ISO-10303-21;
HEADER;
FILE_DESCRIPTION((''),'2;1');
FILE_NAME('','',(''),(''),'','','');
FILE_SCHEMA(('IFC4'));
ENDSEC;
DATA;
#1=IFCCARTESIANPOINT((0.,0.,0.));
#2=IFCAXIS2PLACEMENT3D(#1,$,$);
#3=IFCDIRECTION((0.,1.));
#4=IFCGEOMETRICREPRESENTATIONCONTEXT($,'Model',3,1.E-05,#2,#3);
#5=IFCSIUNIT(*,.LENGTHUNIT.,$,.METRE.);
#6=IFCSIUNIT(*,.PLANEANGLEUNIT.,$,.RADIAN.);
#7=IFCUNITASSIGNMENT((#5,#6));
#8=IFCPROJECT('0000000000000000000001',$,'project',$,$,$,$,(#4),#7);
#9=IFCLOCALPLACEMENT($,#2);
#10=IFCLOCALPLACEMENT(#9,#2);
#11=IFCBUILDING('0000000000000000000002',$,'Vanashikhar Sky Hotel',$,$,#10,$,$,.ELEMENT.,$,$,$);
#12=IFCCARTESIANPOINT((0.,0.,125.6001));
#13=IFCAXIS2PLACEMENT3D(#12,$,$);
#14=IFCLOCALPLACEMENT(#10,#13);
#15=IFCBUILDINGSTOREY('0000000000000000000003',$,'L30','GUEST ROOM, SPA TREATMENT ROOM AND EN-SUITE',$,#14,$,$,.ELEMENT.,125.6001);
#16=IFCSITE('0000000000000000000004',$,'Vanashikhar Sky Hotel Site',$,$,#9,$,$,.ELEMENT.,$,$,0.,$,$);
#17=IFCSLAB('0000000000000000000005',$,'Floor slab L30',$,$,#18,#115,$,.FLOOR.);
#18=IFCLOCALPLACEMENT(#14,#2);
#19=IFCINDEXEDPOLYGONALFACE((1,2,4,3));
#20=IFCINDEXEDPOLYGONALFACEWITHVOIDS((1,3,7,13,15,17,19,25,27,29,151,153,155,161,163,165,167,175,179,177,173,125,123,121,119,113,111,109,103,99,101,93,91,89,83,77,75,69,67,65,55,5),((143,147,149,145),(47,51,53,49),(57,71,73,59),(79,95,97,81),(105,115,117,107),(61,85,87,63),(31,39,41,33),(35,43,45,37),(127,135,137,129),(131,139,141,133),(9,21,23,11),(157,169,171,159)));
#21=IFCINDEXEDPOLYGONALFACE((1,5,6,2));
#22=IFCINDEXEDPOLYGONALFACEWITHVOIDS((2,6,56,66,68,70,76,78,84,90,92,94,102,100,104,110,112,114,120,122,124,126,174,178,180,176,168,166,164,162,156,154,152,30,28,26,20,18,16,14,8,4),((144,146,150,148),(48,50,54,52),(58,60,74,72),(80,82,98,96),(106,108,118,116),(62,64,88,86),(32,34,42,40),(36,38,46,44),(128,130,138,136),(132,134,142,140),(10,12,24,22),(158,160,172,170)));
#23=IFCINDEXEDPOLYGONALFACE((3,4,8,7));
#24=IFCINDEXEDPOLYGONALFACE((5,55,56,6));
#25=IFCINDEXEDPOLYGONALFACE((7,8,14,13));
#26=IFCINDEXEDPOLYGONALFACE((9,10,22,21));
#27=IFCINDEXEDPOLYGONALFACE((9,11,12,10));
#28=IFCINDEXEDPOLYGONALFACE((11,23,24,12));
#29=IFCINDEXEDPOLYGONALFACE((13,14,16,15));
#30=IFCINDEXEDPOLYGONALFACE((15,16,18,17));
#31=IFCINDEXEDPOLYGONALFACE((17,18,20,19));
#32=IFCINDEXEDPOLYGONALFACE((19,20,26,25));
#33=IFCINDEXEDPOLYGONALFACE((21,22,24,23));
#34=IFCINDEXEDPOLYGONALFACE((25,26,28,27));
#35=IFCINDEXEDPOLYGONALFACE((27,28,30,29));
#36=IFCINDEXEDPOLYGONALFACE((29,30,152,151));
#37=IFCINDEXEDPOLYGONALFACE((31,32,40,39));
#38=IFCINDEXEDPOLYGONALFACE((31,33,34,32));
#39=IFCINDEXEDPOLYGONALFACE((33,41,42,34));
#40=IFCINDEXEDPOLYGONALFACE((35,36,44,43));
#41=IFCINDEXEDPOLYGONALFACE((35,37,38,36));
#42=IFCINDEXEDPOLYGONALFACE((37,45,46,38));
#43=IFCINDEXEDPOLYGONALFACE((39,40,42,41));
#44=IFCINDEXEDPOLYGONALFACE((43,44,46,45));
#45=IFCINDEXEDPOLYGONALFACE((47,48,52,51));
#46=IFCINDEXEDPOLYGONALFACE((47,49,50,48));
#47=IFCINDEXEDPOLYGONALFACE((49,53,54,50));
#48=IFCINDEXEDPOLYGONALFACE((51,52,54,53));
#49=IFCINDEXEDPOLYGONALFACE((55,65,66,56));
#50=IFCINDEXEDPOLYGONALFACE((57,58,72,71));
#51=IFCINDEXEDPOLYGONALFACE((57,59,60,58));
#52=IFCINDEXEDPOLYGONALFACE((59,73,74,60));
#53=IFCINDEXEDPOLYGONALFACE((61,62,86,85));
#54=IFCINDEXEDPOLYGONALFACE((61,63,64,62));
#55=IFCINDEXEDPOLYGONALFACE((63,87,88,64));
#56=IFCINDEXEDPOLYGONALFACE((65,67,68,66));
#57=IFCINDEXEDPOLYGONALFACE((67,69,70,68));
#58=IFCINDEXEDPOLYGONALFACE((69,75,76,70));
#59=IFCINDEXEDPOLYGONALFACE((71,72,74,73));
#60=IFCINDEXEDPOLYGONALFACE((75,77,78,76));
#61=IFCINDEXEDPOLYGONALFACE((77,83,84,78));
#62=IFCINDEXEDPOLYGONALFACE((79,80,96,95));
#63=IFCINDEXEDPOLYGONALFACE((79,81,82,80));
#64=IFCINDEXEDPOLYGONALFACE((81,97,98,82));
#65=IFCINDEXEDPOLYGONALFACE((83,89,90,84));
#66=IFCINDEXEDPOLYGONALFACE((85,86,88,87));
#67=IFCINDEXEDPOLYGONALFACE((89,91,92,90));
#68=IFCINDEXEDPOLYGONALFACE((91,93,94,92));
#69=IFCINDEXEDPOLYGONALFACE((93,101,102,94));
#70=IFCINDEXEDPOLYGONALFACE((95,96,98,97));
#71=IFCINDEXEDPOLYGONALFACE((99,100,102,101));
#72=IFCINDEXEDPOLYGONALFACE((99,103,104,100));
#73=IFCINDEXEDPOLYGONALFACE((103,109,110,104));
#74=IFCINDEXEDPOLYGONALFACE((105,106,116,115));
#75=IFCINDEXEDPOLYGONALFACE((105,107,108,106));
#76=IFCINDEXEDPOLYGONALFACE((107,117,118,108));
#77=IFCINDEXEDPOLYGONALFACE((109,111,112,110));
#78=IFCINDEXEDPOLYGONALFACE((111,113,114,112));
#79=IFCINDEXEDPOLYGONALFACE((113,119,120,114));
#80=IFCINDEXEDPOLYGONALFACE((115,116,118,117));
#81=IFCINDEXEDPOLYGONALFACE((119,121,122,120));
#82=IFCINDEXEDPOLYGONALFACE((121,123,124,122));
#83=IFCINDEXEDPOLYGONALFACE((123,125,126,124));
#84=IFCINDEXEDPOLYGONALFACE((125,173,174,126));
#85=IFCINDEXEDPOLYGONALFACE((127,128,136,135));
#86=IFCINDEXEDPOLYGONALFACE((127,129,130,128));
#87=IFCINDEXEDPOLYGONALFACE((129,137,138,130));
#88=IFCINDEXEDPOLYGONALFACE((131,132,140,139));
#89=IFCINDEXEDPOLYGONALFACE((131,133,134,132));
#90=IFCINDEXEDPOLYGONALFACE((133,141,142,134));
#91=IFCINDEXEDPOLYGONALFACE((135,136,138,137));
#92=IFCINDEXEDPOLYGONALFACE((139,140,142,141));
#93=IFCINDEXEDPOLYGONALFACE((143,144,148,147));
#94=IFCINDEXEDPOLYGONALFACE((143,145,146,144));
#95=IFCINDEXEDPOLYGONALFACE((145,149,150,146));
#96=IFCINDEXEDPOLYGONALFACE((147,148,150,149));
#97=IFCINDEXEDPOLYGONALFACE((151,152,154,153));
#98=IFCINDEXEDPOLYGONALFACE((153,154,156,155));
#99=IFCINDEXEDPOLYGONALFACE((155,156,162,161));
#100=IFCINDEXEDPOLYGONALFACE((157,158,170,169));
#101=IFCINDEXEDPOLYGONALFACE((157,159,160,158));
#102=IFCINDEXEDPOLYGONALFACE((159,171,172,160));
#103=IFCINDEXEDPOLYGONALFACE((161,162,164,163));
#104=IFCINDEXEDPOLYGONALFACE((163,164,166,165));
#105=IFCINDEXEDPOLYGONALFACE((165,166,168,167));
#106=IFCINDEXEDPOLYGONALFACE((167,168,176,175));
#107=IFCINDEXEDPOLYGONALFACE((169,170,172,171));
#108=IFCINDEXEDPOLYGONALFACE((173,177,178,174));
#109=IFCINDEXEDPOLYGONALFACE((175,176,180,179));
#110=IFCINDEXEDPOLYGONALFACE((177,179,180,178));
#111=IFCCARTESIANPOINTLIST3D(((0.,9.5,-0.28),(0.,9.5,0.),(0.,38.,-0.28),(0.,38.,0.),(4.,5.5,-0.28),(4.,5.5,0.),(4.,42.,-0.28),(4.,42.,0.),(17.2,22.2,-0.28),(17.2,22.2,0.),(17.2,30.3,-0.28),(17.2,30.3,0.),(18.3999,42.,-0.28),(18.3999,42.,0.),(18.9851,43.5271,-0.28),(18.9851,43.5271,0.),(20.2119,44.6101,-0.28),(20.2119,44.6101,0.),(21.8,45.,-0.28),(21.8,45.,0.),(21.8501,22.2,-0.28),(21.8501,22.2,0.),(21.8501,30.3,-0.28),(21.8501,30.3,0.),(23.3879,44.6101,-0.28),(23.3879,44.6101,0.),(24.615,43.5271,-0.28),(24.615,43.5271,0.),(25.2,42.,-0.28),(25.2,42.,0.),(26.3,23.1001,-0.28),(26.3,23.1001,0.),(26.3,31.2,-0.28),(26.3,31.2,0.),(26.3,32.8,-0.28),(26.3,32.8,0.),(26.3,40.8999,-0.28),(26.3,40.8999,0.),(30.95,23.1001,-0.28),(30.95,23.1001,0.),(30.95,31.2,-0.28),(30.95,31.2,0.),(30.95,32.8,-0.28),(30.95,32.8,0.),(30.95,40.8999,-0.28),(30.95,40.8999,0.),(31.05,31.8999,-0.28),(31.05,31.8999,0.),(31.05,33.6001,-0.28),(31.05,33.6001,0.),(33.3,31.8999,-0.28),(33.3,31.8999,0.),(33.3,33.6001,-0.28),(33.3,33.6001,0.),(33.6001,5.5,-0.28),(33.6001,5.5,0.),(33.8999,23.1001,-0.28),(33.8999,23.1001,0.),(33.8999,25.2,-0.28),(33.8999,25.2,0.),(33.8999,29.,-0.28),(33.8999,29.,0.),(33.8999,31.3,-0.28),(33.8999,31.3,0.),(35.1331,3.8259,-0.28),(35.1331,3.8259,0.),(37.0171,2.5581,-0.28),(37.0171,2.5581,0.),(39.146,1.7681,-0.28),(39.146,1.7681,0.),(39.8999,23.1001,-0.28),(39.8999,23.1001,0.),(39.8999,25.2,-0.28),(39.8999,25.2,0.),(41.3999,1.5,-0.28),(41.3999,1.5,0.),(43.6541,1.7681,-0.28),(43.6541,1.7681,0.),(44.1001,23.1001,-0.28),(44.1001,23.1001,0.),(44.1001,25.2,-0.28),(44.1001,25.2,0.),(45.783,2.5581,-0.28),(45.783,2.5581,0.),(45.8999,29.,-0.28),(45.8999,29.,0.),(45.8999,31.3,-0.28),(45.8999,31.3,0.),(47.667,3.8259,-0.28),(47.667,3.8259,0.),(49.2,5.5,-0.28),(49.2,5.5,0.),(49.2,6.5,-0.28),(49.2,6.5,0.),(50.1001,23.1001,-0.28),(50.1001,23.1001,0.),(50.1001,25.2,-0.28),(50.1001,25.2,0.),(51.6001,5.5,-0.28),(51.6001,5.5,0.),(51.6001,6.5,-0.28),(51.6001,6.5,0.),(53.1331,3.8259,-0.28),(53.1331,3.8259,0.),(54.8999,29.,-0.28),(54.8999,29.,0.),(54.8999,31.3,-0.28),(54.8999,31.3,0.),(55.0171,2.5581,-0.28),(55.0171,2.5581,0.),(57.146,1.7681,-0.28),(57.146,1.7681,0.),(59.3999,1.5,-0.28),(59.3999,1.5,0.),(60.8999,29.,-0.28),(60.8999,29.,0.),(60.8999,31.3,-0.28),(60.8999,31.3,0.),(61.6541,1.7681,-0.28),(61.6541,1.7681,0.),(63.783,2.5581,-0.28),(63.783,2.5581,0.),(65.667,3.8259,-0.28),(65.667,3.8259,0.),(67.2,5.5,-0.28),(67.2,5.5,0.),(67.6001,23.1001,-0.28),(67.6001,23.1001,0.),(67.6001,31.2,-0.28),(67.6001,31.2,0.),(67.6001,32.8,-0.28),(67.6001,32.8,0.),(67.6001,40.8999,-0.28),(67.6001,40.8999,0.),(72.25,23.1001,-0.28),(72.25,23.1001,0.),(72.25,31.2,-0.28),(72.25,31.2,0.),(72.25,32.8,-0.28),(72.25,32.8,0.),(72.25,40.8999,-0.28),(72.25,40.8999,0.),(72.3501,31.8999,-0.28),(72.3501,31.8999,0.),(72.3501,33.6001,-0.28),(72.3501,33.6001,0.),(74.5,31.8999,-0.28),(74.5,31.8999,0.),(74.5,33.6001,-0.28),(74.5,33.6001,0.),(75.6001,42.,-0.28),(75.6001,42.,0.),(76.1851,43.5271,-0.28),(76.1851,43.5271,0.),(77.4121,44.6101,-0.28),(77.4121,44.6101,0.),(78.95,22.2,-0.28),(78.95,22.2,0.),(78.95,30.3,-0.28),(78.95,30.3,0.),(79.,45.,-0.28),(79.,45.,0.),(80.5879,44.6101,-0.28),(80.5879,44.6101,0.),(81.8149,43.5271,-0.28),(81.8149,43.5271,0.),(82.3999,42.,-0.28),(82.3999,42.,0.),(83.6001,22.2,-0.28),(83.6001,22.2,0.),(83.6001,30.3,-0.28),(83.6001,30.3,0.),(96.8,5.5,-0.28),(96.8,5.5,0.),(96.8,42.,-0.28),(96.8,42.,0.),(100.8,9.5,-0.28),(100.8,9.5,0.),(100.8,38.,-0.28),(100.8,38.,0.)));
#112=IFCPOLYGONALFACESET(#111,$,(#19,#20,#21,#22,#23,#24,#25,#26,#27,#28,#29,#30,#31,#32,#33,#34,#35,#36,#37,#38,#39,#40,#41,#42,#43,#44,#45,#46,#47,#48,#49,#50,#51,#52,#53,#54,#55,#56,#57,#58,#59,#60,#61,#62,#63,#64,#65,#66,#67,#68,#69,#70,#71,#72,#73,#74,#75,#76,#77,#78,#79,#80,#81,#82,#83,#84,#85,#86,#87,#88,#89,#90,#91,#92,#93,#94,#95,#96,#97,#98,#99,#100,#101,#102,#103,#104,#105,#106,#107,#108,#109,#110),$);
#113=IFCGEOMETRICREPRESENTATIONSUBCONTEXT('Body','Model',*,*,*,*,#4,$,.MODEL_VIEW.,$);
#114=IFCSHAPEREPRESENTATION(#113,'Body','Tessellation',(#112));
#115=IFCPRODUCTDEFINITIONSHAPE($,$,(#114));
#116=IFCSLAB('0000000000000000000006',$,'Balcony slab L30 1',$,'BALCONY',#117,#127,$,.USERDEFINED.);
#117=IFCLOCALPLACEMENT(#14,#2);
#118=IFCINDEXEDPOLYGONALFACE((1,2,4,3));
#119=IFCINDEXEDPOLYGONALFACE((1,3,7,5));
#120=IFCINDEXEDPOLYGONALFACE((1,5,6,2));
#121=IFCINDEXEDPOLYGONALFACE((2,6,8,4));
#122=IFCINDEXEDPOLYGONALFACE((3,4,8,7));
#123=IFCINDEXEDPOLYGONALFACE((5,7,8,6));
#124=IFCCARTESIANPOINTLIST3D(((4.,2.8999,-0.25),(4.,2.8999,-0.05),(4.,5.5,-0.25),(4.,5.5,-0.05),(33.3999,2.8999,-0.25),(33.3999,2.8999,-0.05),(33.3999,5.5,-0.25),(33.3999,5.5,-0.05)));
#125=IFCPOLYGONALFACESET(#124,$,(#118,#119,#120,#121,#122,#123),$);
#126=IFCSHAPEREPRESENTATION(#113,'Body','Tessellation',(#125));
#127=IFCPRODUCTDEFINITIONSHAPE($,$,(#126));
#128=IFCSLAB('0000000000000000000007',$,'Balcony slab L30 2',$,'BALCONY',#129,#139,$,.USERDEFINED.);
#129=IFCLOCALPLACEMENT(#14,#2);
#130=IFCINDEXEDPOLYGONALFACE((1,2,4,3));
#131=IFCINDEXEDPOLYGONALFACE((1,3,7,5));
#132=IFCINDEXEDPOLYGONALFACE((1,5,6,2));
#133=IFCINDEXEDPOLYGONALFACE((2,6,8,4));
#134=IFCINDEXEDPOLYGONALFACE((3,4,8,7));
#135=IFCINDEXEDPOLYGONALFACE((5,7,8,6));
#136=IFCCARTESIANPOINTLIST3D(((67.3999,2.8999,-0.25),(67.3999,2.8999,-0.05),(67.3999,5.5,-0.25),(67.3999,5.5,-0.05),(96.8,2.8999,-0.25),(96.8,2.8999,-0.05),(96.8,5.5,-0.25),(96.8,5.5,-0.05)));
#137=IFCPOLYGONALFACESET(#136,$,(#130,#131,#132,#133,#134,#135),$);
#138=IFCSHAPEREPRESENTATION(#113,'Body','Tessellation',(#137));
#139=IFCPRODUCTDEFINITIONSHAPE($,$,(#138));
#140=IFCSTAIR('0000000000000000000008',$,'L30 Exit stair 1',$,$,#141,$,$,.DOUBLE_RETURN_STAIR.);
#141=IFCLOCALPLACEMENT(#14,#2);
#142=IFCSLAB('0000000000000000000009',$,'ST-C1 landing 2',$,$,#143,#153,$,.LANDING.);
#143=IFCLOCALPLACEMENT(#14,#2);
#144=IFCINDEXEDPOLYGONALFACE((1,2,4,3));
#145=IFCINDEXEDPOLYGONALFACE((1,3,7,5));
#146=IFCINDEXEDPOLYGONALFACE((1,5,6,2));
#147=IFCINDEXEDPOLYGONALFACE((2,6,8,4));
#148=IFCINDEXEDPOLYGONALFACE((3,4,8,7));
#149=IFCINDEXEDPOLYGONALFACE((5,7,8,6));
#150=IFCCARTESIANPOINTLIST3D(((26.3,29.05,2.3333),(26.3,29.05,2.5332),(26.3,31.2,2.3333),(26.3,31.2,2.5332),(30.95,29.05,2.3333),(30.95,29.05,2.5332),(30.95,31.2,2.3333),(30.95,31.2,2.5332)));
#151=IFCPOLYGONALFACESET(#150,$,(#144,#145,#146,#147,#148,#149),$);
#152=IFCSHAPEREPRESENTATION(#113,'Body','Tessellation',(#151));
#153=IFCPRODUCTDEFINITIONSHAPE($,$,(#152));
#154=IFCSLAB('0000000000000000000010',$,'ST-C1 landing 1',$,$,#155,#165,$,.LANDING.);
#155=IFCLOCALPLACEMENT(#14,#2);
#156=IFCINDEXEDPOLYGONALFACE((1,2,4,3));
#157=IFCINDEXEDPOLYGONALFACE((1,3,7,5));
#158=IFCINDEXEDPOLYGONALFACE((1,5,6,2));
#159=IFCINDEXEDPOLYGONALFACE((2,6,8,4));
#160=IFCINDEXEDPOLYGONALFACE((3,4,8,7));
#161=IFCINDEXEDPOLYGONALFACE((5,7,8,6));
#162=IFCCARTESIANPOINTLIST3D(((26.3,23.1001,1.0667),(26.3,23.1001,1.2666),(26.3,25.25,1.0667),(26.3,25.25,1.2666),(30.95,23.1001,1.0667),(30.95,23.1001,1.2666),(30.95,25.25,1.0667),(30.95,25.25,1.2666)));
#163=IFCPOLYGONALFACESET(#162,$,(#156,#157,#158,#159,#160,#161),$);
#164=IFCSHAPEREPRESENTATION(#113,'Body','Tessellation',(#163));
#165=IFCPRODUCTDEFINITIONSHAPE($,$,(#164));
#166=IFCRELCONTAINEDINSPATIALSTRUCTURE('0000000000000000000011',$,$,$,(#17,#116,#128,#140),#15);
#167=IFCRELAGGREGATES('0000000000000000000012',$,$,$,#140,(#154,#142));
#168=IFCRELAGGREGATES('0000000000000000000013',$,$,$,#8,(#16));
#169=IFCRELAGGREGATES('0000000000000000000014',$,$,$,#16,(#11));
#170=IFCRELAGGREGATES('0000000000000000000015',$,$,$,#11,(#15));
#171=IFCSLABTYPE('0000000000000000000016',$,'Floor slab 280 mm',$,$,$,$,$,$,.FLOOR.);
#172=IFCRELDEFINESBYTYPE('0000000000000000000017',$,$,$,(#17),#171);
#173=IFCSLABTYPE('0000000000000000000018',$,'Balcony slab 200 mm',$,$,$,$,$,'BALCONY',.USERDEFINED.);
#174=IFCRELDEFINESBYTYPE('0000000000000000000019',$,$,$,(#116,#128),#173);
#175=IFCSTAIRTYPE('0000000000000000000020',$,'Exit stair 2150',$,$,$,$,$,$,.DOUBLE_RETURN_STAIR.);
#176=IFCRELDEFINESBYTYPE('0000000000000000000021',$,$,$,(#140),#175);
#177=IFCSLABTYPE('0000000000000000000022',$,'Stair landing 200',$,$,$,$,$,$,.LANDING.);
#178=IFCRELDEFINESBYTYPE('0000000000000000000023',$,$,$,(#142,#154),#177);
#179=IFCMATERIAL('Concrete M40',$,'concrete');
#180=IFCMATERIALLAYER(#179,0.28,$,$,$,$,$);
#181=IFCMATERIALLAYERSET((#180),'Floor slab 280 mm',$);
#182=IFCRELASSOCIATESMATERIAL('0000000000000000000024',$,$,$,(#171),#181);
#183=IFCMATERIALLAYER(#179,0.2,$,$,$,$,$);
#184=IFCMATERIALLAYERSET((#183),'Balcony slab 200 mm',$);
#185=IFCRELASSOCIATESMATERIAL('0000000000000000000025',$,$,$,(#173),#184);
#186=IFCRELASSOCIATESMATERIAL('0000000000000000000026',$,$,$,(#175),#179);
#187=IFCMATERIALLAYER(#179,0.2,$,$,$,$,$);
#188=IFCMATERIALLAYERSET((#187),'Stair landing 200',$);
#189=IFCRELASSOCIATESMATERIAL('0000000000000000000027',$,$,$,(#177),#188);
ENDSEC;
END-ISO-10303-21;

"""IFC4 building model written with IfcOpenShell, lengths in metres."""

from ifc_helpers import new_model, si_unit, direction, frame, origin, place, context, subcontext, project, spatial, polyline, outline, extrude, source, transform, mapped, material, layer, layer_set, type_object, element, aggregate, save


model = new_model("IFC4")

# Units and contexts
model_context = context("Model", 3, precision=1e-05, world=origin(), true_north=direction((0.0, 1.0)))
body_context = subcontext(model_context, "Body", "Model", "MODEL_VIEW")
ifc_project = project(units=[si_unit("LENGTHUNIT", "METRE"), si_unit("PLANEANGLEUNIT", "RADIAN")], contexts=[model_context])

# Site, building, storey
site_placement = place(None, origin())
site = spatial("IfcSite", under=ifc_project, at=site_placement, Name="Vanashikhar Sky Hotel Site", CompositionType="ELEMENT", RefElevation=0.0)
building_placement = place(site_placement, origin())
building = spatial("IfcBuilding", under=site, at=building_placement, Name="Vanashikhar Sky Hotel", CompositionType="ELEMENT")
storey_placement = place(building_placement, frame((0.0, 0.0, 125.6001)))
storey = spatial("IfcBuildingStorey", under=building, at=storey_placement, Name="L30", Description="GUEST ROOM, SPA TREATMENT ROOM AND EN-SUITE", CompositionType="ELEMENT", Elevation=125.6001)

# Slabs
ifc_material_1 = material(Name="Concrete M40", Category="concrete")
ifc_layer_1 = layer(ifc_material_1, 0.28)
ifc_layer_set_1 = layer_set([ifc_layer_1], Name="Floor slab 280 mm")
slab_type_1 = type_object("IfcSlabType", Name="Floor slab 280 mm", PredefinedType="FLOOR", material=ifc_layer_set_1)
shared_shape_1 = source(origin(), body_context, "Body", "SweptSolid", [
    extrude(outline(polyline([(49.2, 5.5), (49.2, 6.5), (51.6001, 6.5), (51.6001, 5.5), (53.1331, 3.8259), (55.0171, 2.5581), (57.146, 1.7681), (59.3999, 1.5), (61.6541, 1.7681), (63.783, 2.5581), (65.667, 3.8259), (67.2, 5.5), (96.8, 5.5), (100.8, 9.5), (100.8, 38.0), (96.8, 42.0), (82.3999, 42.0), (81.8149, 43.5271), (80.5879, 44.6101), (79.0, 45.0), (77.4121, 44.6101), (76.1851, 43.5271), (75.6001, 42.0), (25.2, 42.0), (24.615, 43.5271), (23.3879, 44.6101), (21.8, 45.0), (20.2119, 44.6101), (18.9851, 43.5271), (18.3999, 42.0), (4.0, 42.0), (0.0, 38.0), (0.0, 9.5), (4.0, 5.5), (33.6001, 5.5), (35.1331, 3.8259), (37.0171, 2.5581), (39.146, 1.7681), (41.3999, 1.5), (43.6541, 1.7681), (45.783, 2.5581), (47.667, 3.8259), (49.2, 5.5)]), holes=[polyline([(33.3, 33.6001), (31.05, 33.6001), (31.05, 31.8999), (33.3, 31.8999), (33.3, 33.6001)]), polyline([(33.8999, 25.2), (33.8999, 23.1001), (39.8999, 23.1001), (39.8999, 25.2), (33.8999, 25.2)]), polyline([(33.8999, 31.3), (33.8999, 29.0), (45.8999, 29.0), (45.8999, 31.3), (33.8999, 31.3)]), polyline([(44.1001, 25.2), (44.1001, 23.1001), (50.1001, 23.1001), (50.1001, 25.2), (44.1001, 25.2)]), polyline([(54.8999, 31.3), (54.8999, 29.0), (60.8999, 29.0), (60.8999, 31.3), (54.8999, 31.3)]), polyline([(74.5, 33.6001), (72.3501, 33.6001), (72.3501, 31.8999), (74.5, 31.8999), (74.5, 33.6001)]), polyline([(30.95, 23.1001), (30.95, 31.2), (26.3, 31.2), (26.3, 23.1001), (30.95, 23.1001)]), polyline([(72.25, 23.1001), (72.25, 31.2), (67.6001, 31.2), (67.6001, 23.1001), (72.25, 23.1001)]), polyline([(30.95, 32.8), (30.95, 40.8999), (26.3, 40.8999), (26.3, 32.8), (30.95, 32.8)]), polyline([(72.25, 32.8), (72.25, 40.8999), (67.6001, 40.8999), (67.6001, 32.8), (72.25, 32.8)]), polyline([(83.6001, 22.2), (83.6001, 30.3), (78.95, 30.3), (78.95, 22.2), (83.6001, 22.2)]), polyline([(21.8501, 22.2), (21.8501, 30.3), (17.2, 30.3), (17.2, 22.2), (21.8501, 22.2)])]), origin(), (0.0, 0.0, 1.0), 0.28),
])
slab_1_placement = place(storey_placement, frame((0.0, 0.0, -0.28)))
element("IfcSlab", 1, at=slab_1_placement, inside=storey, type_object=slab_type_1, Name="Floor slab L30", PredefinedType="FLOOR", context=body_context, shape_type="MappedRepresentation", body=[
    mapped(shared_shape_1, transform((0.0, 0.0, 0.0), scale=1.0)),
])
ifc_layer_2 = layer(ifc_material_1, 0.2)
ifc_layer_set_2 = layer_set([ifc_layer_2], Name="Balcony slab 200 mm")
slab_type_2 = type_object("IfcSlabType", Name="Balcony slab 200 mm", ElementType="BALCONY", PredefinedType="USERDEFINED", material=ifc_layer_set_2)
shared_shape_2 = source(origin(), body_context, "Body", "SweptSolid", [
    extrude(outline(polyline([(4.0, 2.8999), (33.3999, 2.8999), (33.3999, 5.5), (4.0, 5.5), (4.0, 2.8999)])), origin(), (0.0, 0.0, 1.0), 0.2),
])
slab_2_placement = place(storey_placement, frame((0.0, 0.0, -0.25)))
element("IfcSlab", 2, at=slab_2_placement, inside=storey, type_object=slab_type_2, Name="Balcony slab L30 1", ObjectType="BALCONY", PredefinedType="USERDEFINED", context=body_context, shape_type="MappedRepresentation", body=[
    mapped(shared_shape_2, transform((0.0, 0.0, 0.0), scale=1.0)),
])
shared_shape_3 = source(origin(), body_context, "Body", "SweptSolid", [
    extrude(outline(polyline([(67.3999, 2.8999), (96.8, 2.8999), (96.8, 5.5), (67.3999, 5.5), (67.3999, 2.8999)])), origin(), (0.0, 0.0, 1.0), 0.2),
])
slab_3_placement = place(storey_placement, frame((0.0, 0.0, -0.25)))
element("IfcSlab", 3, at=slab_3_placement, inside=storey, type_object=slab_type_2, Name="Balcony slab L30 2", ObjectType="BALCONY", PredefinedType="USERDEFINED", context=body_context, shape_type="MappedRepresentation", body=[
    mapped(shared_shape_3, transform((0.0, 0.0, 0.0), scale=1.0)),
])

# Stair, slabs
stair_type = type_object("IfcStairType", Name="Exit stair 2150", PredefinedType="DOUBLE_RETURN_STAIR", material=ifc_material_1)
stair_1_placement = place(storey_placement, origin())
stair_1 = element("IfcStair", 4, at=stair_1_placement, inside=storey, type_object=stair_type, Name="L30 Exit stair 1", PredefinedType="DOUBLE_RETURN_STAIR")
ifc_layer_3 = layer(ifc_material_1, 0.2)
ifc_layer_set_3 = layer_set([ifc_layer_3], Name="Stair landing 200")
slab_type_3 = type_object("IfcSlabType", Name="Stair landing 200", PredefinedType="LANDING", material=ifc_layer_set_3)
shared_shape_4 = source(origin(), body_context, "Body", "SweptSolid", [
    extrude(outline(polyline([(30.95, 29.05), (30.95, 31.2), (26.3, 31.2), (26.3, 29.05), (30.95, 29.05)])), origin(), (0.0, 0.0, 1.0), 0.2),
])
slab_4_placement = place(storey_placement, frame((0.0, 0.0, 2.3333)))
slab_4 = element("IfcSlab", 5, at=slab_4_placement, type_object=slab_type_3, Name="ST-C1 landing 2", PredefinedType="LANDING", context=body_context, shape_type="MappedRepresentation", body=[
    mapped(shared_shape_4, transform((0.0, 0.0, 0.0), scale=1.0)),
])
shared_shape_5 = source(origin(), body_context, "Body", "SweptSolid", [
    extrude(outline(polyline([(30.95, 23.1001), (30.95, 25.25), (26.3, 25.25), (26.3, 23.1001), (30.95, 23.1001)])), origin(), (0.0, 0.0, 1.0), 0.2),
])
slab_5_placement = place(storey_placement, frame((0.0, 0.0, 1.0667)))
slab_5 = element("IfcSlab", 6, at=slab_5_placement, type_object=slab_type_3, Name="ST-C1 landing 1", PredefinedType="LANDING", context=body_context, shape_type="MappedRepresentation", body=[
    mapped(shared_shape_5, transform((0.0, 0.0, 0.0), scale=1.0)),
])
aggregate(stair_1, [slab_5, slab_4])

save(model, "model.ifc")
